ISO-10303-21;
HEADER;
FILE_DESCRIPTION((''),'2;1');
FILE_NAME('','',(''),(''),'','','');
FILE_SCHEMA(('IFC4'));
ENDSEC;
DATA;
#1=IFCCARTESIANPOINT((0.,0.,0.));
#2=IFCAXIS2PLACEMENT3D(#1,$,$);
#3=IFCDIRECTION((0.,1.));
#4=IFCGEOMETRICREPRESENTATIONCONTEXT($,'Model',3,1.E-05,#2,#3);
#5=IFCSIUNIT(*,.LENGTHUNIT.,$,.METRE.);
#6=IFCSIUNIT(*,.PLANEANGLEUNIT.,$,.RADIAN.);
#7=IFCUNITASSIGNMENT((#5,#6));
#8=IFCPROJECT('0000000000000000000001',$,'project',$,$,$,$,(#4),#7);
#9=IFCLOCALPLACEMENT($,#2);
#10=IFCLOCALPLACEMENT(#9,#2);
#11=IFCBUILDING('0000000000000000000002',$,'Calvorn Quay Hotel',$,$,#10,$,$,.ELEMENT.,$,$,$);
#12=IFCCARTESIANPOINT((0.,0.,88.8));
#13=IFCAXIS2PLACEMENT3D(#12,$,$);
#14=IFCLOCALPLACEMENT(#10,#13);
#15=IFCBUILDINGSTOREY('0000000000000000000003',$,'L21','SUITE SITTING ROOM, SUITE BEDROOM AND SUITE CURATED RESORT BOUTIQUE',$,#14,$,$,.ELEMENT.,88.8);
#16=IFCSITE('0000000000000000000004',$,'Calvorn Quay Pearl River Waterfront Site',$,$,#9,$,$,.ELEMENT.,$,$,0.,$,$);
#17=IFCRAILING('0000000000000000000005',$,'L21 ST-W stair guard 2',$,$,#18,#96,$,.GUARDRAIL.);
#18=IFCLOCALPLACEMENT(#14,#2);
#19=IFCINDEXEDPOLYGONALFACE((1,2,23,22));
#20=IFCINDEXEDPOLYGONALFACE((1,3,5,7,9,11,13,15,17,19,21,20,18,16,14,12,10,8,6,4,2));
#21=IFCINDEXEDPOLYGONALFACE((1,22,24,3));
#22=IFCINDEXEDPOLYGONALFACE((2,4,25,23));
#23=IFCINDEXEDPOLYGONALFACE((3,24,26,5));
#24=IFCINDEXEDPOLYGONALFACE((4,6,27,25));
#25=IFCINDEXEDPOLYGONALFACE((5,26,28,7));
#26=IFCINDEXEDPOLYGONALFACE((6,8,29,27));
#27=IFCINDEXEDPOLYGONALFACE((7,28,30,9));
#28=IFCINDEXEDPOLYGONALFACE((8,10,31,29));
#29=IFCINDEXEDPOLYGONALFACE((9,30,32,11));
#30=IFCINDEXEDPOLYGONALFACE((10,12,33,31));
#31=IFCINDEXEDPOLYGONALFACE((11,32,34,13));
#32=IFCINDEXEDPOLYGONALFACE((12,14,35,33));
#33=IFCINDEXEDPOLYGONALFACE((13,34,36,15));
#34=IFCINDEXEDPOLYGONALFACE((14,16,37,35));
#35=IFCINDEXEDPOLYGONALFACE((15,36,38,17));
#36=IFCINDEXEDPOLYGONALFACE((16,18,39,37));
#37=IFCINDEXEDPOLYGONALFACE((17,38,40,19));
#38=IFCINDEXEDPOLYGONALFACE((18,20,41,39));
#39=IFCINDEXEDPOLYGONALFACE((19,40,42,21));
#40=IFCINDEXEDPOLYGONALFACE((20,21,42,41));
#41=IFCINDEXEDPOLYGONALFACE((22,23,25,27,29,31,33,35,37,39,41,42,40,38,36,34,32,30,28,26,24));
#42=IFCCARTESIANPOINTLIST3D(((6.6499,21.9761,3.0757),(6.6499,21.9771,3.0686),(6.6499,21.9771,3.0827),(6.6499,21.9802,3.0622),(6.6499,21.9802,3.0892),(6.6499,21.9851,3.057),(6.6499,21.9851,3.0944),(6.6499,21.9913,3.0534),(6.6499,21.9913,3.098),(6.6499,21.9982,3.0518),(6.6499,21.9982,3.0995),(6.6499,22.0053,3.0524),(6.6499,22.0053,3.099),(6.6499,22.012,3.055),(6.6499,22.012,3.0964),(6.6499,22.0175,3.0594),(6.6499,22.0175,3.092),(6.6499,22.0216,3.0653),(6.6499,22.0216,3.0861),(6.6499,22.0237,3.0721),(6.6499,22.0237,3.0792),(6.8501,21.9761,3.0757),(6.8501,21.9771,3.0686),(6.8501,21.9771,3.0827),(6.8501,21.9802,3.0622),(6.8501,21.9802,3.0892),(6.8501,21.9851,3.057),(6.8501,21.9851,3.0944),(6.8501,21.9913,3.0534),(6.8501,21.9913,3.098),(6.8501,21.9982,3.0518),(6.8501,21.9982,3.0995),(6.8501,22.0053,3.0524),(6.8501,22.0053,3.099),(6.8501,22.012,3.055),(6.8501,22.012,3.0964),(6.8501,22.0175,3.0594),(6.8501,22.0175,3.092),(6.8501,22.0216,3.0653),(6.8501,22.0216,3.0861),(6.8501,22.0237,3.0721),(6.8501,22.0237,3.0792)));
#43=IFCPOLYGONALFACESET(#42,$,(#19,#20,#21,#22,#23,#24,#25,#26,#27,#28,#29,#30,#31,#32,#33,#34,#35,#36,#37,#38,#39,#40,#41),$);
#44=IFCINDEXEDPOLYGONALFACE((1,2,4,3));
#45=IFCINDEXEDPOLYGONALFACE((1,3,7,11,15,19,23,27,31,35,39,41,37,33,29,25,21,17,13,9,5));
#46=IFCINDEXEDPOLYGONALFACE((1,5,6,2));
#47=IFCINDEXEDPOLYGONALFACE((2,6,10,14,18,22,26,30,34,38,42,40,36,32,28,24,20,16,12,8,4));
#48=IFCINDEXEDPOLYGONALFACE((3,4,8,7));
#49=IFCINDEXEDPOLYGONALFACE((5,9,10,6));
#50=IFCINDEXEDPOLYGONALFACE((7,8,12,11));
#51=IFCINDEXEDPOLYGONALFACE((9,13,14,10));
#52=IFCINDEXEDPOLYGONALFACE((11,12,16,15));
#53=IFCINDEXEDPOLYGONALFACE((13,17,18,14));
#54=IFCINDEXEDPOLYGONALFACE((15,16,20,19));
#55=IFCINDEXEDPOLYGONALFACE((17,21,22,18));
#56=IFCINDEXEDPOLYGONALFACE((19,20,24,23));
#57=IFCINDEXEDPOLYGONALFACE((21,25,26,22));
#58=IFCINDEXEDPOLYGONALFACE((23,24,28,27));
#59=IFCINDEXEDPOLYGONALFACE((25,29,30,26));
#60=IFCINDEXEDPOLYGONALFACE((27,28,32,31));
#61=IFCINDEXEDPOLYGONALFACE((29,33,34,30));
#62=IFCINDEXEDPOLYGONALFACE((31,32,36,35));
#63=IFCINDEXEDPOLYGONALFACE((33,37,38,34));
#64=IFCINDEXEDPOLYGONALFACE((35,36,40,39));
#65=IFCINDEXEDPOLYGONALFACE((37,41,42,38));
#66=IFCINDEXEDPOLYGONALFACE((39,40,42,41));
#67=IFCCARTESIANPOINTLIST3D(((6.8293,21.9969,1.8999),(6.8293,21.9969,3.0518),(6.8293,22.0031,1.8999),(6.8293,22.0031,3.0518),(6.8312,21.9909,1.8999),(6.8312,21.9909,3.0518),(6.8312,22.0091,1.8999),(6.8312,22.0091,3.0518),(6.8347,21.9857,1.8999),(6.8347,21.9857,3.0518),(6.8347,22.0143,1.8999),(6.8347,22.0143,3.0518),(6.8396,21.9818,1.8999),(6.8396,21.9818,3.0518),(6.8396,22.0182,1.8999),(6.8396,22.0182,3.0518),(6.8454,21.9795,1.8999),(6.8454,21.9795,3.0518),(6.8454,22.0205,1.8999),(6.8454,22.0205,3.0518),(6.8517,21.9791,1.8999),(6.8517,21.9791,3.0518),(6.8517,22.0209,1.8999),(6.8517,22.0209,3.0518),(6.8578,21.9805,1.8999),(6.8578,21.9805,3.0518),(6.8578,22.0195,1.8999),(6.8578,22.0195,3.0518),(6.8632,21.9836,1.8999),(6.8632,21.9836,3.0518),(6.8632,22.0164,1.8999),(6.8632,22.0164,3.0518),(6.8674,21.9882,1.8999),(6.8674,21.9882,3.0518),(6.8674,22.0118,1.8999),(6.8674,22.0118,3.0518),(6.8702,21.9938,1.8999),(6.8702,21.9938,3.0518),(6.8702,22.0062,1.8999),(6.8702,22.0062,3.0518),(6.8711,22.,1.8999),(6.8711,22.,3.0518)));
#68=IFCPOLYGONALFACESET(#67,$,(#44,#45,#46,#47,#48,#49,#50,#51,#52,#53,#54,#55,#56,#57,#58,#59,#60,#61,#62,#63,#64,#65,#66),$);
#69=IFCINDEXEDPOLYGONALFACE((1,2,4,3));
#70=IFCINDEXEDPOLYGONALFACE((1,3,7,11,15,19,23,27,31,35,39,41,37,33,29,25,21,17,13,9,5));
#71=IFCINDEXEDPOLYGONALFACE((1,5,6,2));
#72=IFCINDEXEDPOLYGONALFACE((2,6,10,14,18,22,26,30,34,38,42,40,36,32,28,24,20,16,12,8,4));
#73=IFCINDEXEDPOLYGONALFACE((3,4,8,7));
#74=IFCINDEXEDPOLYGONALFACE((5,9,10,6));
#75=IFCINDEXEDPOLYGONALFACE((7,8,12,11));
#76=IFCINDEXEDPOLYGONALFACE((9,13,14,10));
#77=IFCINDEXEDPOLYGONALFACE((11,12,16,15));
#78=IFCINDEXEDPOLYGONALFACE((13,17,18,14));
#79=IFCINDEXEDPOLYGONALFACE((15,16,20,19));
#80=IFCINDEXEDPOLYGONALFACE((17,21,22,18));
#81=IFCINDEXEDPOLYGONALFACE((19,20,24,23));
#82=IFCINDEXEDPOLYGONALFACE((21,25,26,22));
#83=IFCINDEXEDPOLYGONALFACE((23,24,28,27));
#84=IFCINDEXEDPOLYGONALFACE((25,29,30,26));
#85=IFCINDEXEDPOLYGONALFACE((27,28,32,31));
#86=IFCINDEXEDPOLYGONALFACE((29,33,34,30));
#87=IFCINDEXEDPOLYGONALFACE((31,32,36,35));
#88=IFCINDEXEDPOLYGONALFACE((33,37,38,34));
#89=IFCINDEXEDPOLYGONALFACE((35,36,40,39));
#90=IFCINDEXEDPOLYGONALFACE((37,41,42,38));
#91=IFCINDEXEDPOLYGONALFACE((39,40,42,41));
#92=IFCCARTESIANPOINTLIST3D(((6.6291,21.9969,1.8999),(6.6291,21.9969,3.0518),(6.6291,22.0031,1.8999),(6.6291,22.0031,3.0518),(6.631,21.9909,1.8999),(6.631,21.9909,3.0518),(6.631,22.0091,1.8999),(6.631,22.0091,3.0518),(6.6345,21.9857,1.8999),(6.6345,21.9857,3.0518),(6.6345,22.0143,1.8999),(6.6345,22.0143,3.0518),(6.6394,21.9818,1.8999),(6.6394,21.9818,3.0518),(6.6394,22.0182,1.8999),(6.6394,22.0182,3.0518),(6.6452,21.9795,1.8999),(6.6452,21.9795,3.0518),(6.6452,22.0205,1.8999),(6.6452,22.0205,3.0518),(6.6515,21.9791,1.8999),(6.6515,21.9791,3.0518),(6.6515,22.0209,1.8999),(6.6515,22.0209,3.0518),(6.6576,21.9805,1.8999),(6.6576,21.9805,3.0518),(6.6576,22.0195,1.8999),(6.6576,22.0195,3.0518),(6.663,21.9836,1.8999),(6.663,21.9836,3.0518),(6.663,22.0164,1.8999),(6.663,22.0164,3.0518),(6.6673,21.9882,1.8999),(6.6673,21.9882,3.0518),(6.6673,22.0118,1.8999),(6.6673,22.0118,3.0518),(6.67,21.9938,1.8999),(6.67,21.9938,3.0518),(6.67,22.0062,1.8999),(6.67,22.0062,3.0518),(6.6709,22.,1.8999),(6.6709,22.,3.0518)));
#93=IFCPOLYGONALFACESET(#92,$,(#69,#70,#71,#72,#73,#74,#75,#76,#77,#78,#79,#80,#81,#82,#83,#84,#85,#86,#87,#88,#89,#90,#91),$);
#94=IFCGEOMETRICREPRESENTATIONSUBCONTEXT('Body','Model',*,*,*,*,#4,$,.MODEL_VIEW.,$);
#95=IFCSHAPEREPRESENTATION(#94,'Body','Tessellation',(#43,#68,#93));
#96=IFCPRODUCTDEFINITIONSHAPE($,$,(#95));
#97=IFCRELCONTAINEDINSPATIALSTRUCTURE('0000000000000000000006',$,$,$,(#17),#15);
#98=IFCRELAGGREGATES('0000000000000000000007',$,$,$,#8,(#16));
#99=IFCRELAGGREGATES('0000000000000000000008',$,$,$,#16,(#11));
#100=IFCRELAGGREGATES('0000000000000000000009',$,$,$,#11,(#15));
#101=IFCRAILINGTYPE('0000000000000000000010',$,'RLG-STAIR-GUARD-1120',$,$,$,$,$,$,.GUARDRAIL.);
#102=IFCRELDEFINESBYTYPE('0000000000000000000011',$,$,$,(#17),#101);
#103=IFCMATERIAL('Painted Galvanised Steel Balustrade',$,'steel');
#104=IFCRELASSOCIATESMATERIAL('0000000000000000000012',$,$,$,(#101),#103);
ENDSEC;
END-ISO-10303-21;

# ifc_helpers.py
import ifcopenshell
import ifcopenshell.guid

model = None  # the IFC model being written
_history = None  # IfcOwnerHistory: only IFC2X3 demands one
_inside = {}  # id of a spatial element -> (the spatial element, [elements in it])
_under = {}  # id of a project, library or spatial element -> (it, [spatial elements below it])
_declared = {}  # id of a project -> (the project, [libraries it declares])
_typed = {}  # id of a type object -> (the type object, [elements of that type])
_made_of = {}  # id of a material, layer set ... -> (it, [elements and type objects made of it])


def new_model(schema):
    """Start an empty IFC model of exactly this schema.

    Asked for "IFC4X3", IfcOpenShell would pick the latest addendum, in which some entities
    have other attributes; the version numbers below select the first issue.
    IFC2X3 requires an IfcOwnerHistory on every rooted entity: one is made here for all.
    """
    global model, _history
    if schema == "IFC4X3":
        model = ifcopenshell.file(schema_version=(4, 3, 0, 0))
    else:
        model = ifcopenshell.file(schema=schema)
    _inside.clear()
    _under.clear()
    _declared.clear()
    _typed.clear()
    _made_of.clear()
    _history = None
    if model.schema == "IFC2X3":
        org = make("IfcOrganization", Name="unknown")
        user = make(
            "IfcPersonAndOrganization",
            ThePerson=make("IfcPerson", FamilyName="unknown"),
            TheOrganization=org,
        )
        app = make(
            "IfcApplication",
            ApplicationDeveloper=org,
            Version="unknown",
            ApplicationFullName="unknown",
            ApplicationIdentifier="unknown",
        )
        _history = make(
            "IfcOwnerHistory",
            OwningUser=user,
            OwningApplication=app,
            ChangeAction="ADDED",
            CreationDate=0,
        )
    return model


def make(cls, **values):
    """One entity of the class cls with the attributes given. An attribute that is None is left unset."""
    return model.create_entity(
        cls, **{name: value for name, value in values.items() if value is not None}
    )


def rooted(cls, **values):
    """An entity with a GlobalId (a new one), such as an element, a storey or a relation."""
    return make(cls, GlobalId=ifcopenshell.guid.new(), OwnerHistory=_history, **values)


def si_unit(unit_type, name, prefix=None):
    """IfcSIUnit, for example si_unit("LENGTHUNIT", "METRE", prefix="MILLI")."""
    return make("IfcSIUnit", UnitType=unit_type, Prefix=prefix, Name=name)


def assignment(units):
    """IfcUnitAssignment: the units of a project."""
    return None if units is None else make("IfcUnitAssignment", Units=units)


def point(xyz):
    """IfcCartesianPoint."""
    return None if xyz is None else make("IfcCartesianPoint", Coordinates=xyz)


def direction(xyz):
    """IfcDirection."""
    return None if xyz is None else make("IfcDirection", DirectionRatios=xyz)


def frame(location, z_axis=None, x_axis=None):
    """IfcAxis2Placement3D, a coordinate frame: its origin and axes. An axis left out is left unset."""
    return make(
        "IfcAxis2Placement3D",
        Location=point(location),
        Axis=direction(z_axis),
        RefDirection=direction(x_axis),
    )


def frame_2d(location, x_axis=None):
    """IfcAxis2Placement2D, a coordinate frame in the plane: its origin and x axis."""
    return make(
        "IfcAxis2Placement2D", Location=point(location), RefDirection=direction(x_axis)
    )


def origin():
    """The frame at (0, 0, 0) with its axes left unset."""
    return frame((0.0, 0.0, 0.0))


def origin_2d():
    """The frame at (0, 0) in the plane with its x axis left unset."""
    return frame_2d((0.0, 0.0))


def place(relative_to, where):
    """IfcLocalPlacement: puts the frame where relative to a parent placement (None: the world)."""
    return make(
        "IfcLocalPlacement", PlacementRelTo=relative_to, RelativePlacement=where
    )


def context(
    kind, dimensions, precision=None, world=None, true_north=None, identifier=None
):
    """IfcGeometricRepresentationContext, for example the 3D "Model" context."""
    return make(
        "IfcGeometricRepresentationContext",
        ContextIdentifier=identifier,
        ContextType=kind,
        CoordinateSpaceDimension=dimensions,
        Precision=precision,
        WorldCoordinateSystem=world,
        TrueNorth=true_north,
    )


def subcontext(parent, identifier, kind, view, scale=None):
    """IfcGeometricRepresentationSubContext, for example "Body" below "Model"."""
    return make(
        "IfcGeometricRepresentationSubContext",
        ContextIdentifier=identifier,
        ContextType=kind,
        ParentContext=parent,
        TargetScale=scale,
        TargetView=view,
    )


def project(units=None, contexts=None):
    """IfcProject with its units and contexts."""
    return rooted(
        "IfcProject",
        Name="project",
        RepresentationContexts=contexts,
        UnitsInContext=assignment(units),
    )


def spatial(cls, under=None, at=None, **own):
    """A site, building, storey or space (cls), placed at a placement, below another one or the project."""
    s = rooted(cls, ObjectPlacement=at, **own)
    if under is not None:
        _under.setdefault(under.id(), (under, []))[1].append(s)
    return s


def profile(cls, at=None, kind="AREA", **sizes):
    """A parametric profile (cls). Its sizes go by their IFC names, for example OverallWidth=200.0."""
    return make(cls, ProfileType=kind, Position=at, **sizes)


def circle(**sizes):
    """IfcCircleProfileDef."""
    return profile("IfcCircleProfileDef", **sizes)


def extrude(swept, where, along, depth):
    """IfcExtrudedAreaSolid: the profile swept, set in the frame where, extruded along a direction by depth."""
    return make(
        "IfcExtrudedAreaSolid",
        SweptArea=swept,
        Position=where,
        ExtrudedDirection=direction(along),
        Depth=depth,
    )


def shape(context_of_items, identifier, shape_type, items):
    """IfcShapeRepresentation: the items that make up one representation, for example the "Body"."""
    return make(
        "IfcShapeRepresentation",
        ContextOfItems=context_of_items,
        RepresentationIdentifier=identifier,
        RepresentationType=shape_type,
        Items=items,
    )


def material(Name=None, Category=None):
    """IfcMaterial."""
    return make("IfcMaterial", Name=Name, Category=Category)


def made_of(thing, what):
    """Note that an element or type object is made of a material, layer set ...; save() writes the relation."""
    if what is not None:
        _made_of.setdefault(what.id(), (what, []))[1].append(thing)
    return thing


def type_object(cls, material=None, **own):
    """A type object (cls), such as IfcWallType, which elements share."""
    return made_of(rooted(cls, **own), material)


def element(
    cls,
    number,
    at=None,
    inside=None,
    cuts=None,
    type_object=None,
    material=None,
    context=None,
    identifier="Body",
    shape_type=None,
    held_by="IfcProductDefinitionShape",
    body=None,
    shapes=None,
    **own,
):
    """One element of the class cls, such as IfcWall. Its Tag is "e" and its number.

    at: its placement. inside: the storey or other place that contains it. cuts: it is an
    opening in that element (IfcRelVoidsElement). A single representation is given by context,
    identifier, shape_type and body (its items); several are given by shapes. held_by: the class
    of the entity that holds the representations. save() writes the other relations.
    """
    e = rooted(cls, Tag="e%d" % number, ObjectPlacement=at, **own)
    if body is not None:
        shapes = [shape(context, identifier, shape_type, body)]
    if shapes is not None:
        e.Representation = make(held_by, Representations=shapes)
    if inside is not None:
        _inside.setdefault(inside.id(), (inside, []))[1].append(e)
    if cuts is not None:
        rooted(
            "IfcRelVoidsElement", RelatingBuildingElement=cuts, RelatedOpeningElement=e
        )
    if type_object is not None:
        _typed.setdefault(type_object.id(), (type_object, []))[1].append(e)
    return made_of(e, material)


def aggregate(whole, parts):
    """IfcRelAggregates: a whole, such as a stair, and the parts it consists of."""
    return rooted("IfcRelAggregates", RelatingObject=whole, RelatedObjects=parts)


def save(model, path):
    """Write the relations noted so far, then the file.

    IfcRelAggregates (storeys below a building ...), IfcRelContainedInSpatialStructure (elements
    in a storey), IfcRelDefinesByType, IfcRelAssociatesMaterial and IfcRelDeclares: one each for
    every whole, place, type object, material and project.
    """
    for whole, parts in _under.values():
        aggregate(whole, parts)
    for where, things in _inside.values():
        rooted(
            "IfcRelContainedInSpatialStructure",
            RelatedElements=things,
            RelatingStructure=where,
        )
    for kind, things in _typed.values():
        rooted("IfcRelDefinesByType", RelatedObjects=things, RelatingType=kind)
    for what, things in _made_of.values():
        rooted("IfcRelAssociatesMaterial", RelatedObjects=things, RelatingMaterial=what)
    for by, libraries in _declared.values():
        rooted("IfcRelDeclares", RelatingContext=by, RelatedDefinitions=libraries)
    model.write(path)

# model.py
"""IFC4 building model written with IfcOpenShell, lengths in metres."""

from ifc_helpers import new_model, si_unit, direction, frame, origin, origin_2d, place, context, subcontext, project, spatial, circle, extrude, material, type_object, element, save


model = new_model("IFC4")

# Units and contexts
model_context = context("Model", 3, precision=1e-05, world=origin(), true_north=direction((0.0, 1.0)))
body_context = subcontext(model_context, "Body", "Model", "MODEL_VIEW")
ifc_project = project(units=[si_unit("LENGTHUNIT", "METRE"), si_unit("PLANEANGLEUNIT", "RADIAN")], contexts=[model_context])

# Site, building, storey
site_placement = place(None, origin())
site = spatial("IfcSite", under=ifc_project, at=site_placement, Name="Calvorn Quay Pearl River Waterfront Site", CompositionType="ELEMENT", RefElevation=0.0)
building_placement = place(site_placement, origin())
building = spatial("IfcBuilding", under=site, at=building_placement, Name="Calvorn Quay Hotel", CompositionType="ELEMENT")
storey_placement = place(building_placement, frame((0.0, 0.0, 88.8)))
storey = spatial("IfcBuildingStorey", under=building, at=storey_placement, Name="L21", Description="SUITE SITTING ROOM, SUITE BEDROOM AND SUITE CURATED RESORT BOUTIQUE", CompositionType="ELEMENT", Elevation=88.8)

# Railing
ifc_material_1 = material(Name="Painted Galvanised Steel Balustrade", Category="steel")
railing_type_1 = type_object("IfcRailingType", Name="RLG-STAIR-GUARD-1120", PredefinedType="GUARDRAIL", material=ifc_material_1)
railing_1_placement = place(storey_placement, frame((6.8501, 22.0, 1.8999)))
element("IfcRailing", 1, at=railing_1_placement, inside=storey, type_object=railing_type_1, Name="L21 ST-W stair guard 2", PredefinedType="GUARDRAIL", context=body_context, shape_type="SweptSolid", body=[
    extrude(circle(Radius=0.0239, at=origin_2d()), frame((0.0, 0.0, 1.1758), z_axis=(-1.0, 0.0, 0.0), x_axis=(0.0, -1.0, 0.0)), (0.0, 0.0, 1.0), 0.2002),
    extrude(circle(Radius=0.021, at=origin_2d()), origin(), (0.0, 0.0, 1.0), 1.1519),
    extrude(circle(Radius=0.021, at=origin_2d()), frame((-0.2002, 0.0, 0.0)), (0.0, 0.0, 1.0), 1.1519),
])

save(model, "model.ifc")
